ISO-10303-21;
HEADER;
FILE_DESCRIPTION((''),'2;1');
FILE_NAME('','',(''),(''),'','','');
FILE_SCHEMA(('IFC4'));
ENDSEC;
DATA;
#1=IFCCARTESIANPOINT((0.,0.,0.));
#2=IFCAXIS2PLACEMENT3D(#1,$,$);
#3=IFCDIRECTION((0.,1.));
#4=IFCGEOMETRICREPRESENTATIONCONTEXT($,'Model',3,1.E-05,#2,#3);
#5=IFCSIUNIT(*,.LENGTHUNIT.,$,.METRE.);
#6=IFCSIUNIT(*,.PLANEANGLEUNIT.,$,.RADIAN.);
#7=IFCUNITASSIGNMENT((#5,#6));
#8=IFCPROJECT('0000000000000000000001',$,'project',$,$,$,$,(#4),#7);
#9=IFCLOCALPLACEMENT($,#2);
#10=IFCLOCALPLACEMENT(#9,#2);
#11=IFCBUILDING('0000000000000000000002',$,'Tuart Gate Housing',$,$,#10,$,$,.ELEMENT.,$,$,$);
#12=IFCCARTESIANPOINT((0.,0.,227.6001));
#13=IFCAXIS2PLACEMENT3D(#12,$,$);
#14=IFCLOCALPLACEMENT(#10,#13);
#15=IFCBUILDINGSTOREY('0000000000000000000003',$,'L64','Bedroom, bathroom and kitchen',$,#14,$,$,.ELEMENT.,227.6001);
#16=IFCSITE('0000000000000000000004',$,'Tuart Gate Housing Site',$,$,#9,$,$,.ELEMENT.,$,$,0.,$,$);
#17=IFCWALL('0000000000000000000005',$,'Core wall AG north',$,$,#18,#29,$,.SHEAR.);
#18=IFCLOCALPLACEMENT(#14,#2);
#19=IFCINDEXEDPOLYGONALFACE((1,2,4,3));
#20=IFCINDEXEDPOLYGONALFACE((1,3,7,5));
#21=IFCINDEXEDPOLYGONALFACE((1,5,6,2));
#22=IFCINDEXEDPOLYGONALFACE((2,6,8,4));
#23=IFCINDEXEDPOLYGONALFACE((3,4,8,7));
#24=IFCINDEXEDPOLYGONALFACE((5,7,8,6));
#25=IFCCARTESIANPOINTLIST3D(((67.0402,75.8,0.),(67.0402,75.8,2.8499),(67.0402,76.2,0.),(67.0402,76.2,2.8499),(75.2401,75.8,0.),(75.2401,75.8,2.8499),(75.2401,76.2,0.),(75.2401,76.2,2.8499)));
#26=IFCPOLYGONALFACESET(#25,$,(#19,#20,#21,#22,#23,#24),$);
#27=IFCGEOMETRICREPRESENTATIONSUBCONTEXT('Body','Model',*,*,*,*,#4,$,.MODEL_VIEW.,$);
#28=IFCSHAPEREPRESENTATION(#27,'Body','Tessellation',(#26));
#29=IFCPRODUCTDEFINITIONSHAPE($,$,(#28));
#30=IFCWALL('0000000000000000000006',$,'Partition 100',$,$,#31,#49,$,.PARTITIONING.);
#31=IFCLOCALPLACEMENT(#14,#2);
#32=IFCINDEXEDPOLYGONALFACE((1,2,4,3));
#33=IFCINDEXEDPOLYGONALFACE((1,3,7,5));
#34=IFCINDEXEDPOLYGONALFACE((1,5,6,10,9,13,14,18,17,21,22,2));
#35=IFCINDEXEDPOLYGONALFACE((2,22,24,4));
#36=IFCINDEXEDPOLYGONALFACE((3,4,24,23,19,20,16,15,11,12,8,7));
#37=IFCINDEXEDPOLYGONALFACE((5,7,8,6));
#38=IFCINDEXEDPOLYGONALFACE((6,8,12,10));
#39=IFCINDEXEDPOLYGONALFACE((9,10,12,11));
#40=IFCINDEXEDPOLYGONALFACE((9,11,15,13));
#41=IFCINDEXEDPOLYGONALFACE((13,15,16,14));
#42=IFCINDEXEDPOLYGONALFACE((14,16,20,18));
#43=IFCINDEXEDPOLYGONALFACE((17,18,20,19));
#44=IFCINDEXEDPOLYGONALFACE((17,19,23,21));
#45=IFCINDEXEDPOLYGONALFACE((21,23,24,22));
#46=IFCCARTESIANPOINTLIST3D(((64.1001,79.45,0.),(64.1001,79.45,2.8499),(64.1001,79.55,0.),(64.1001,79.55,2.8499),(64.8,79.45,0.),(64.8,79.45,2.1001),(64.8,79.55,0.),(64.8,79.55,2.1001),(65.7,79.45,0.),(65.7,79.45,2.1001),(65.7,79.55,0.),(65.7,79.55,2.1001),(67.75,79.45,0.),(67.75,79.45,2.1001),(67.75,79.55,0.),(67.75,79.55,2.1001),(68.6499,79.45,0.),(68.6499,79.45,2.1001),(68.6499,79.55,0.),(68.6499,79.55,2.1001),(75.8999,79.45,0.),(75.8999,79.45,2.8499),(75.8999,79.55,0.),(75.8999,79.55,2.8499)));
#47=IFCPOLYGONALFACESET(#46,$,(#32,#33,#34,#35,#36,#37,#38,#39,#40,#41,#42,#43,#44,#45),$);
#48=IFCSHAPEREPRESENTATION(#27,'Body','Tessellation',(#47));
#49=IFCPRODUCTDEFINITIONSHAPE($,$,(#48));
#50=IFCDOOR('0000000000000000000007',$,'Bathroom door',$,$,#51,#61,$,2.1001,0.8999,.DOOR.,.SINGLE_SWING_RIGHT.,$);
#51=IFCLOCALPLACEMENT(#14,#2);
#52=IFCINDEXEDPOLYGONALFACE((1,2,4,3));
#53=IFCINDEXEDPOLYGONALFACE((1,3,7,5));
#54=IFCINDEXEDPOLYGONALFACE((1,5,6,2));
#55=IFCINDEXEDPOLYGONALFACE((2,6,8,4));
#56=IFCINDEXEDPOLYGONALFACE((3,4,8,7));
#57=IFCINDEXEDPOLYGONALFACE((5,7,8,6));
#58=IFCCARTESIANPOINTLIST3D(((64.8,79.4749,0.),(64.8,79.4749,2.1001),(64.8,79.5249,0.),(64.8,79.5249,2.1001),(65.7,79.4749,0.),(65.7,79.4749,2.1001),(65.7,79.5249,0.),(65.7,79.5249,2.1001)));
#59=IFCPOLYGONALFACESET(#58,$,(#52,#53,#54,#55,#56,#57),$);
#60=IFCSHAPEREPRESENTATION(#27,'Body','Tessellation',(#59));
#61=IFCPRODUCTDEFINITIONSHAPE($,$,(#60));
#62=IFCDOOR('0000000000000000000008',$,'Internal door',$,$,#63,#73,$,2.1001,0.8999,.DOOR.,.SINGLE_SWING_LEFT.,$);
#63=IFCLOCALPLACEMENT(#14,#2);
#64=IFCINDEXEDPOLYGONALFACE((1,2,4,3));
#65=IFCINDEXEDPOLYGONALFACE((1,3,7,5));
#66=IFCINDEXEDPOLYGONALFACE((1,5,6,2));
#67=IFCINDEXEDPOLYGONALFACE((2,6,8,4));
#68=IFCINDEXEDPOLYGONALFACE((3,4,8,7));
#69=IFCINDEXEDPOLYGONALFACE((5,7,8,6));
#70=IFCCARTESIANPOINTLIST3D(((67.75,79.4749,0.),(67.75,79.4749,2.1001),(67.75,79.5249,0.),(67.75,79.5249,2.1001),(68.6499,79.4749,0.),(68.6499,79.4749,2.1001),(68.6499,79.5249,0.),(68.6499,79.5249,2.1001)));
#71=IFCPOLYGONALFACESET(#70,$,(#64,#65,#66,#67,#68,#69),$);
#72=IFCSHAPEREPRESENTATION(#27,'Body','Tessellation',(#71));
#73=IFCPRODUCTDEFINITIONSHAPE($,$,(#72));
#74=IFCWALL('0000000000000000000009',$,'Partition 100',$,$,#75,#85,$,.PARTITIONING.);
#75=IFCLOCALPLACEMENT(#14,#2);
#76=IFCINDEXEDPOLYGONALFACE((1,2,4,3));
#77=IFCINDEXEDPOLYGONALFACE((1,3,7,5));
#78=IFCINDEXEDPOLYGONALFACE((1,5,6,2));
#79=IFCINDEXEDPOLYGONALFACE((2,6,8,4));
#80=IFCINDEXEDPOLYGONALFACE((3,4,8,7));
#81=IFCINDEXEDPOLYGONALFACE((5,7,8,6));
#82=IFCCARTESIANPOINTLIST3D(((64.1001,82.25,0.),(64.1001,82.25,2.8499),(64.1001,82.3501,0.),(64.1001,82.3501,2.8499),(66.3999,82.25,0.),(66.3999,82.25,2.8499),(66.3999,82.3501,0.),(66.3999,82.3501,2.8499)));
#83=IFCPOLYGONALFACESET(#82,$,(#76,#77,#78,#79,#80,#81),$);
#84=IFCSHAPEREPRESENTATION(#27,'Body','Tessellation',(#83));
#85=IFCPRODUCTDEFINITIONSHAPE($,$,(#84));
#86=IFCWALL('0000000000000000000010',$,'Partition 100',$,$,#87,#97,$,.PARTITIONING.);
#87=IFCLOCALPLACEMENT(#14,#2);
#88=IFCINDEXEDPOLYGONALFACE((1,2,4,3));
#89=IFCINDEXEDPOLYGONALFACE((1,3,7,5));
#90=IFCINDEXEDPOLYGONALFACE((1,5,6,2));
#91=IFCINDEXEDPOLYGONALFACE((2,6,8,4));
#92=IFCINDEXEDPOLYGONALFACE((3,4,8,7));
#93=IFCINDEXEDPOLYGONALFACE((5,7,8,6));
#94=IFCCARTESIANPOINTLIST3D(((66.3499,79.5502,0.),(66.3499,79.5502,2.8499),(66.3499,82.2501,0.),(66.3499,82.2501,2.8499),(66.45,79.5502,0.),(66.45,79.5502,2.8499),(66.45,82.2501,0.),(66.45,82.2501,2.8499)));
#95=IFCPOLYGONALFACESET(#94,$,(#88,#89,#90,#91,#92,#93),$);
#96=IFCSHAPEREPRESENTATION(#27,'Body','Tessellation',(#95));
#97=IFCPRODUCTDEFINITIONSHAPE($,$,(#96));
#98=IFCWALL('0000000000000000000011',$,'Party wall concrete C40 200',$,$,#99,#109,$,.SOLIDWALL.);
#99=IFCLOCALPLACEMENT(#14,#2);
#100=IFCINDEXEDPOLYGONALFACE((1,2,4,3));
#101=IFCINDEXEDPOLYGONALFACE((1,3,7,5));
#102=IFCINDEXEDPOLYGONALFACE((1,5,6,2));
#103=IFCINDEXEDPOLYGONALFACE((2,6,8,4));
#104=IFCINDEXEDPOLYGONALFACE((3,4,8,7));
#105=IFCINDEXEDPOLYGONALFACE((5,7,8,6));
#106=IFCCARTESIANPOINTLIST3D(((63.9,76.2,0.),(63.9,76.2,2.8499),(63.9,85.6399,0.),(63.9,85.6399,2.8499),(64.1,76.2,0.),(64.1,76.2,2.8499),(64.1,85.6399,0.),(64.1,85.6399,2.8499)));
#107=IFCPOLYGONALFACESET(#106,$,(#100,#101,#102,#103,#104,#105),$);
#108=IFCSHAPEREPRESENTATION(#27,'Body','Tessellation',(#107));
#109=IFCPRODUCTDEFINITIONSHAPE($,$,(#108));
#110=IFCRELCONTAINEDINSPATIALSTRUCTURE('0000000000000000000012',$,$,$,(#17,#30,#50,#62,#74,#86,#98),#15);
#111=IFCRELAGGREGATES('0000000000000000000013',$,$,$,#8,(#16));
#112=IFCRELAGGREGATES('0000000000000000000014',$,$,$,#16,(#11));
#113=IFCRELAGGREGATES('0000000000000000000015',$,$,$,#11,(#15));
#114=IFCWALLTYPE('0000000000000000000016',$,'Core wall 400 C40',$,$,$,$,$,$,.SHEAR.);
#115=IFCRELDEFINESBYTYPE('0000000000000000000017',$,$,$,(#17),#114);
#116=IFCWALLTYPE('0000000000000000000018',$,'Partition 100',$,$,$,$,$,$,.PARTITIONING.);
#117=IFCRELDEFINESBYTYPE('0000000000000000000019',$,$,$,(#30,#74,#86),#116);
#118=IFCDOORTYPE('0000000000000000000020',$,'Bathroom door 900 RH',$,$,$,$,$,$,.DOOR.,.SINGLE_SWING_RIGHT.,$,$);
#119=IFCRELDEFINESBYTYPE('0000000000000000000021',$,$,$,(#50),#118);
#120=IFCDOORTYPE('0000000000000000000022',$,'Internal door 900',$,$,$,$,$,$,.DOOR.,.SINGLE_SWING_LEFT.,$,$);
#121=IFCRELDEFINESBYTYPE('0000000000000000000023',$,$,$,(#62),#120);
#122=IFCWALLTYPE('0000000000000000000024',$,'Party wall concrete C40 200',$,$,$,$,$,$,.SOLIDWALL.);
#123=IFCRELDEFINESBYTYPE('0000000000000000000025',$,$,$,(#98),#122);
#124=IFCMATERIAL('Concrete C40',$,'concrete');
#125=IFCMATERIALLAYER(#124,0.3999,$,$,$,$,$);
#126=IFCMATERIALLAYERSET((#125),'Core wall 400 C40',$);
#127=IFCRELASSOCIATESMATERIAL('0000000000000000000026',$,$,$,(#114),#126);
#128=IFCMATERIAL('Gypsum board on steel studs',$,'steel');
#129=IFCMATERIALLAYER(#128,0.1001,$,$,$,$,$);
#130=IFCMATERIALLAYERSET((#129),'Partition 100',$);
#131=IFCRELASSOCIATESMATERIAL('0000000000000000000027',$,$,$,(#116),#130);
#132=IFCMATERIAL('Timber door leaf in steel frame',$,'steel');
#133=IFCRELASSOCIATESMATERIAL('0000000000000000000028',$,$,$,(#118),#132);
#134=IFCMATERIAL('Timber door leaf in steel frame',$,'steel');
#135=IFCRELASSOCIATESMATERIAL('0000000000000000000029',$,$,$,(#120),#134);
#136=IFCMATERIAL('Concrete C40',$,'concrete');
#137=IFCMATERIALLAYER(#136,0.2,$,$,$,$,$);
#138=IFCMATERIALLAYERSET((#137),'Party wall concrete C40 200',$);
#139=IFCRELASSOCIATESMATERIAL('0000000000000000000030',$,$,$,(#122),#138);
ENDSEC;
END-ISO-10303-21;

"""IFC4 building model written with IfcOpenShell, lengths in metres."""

from ifc_helpers import new_model, si_unit, direction, frame, frame_2d, origin, place, context, subcontext, project, spatial, rectangle, extrude, material, layer, layer_set, type_object, element, fill, save


model = new_model("IFC4")

# Units and contexts
model_context = context("Model", 3, precision=1e-05, world=origin(), true_north=direction((0.0, 1.0)))
body_context = subcontext(model_context, "Body", "Model", "MODEL_VIEW")
ifc_project = project(units=[si_unit("LENGTHUNIT", "METRE"), si_unit("PLANEANGLEUNIT", "RADIAN")], contexts=[model_context])

# Site, building, storey
site_placement = place(None, origin())
site = spatial("IfcSite", under=ifc_project, at=site_placement, Name="Tuart Gate Housing Site", CompositionType="ELEMENT", RefElevation=0.0)
building_placement = place(site_placement, origin())
building = spatial("IfcBuilding", under=site, at=building_placement, Name="Tuart Gate Housing", CompositionType="ELEMENT")
storey_placement = place(building_placement, frame((0.0, 0.0, 227.6001)))
storey = spatial("IfcBuildingStorey", under=building, at=storey_placement, Name="L64", Description="Bedroom, bathroom and kitchen", CompositionType="ELEMENT", Elevation=227.6001)

# Wall
ifc_material_1 = material(Name="Concrete C40", Category="concrete")
ifc_layer_1 = layer(ifc_material_1, 0.3999)
ifc_layer_set_1 = layer_set([ifc_layer_1], Name="Core wall 400 C40")
wall_type_1 = type_object("IfcWallType", Name="Core wall 400 C40", PredefinedType="SHEAR", material=ifc_layer_set_1)
wall_1_placement = place(storey_placement, frame((67.04, 76.0, 0.0), z_axis=(0.0, 0.0, 1.0), x_axis=(1.0, 0.0, 0.0)))
element("IfcWall", 1, at=wall_1_placement, inside=storey, type_object=wall_type_1, Name="Core wall AG north", PredefinedType="SHEAR", context=body_context, shape_type="SweptSolid", body=[
    extrude(rectangle(XDim=8.2, YDim=0.3999, at=frame_2d((4.1001, 0.0))), origin(), (0.0, 0.0, 1.0), 2.8499),
])

# Wall, openings, doors
ifc_material_2 = material(Name="Gypsum board on steel studs", Category="steel")
ifc_layer_2 = layer(ifc_material_2, 0.1001)
ifc_layer_set_2 = layer_set([ifc_layer_2], Name="Partition 100")
wall_type_2 = type_object("IfcWallType", Name="Partition 100", PredefinedType="PARTITIONING", material=ifc_layer_set_2)
wall_2_placement = place(storey_placement, frame((64.1001, 79.5, 0.0), z_axis=(0.0, 0.0, 1.0), x_axis=(1.0, 0.0, 0.0)))
wall_2 = element("IfcWall", 2, at=wall_2_placement, inside=storey, type_object=wall_type_2, Name="Partition 100", PredefinedType="PARTITIONING", context=body_context, shape_type="SweptSolid", body=[
    extrude(rectangle(XDim=11.7998, YDim=0.1001, at=frame_2d((5.8999, 0.0))), origin(), (0.0, 0.0, 1.0), 2.8499),
])
opening_1_placement = place(wall_2_placement, frame((3.6499, 0.0, 0.0)))
opening_1 = element("IfcOpeningElement", 3, at=opening_1_placement, cuts=wall_2, PredefinedType="OPENING", context=body_context, shape_type="SweptSolid", body=[
    extrude(rectangle(XDim=0.8999, YDim=2.1001, at=frame_2d((0.45, 1.05))), frame((0.0, 0.0601, 0.0), z_axis=(0.0, -1.0, 0.0), x_axis=(1.0, 0.0, 0.0)), (0.0, 0.0, 1.0), 0.1201),
])
opening_2_placement = place(wall_2_placement, frame((0.7, 0.0, 0.0)))
opening_2 = element("IfcOpeningElement", 4, at=opening_2_placement, cuts=wall_2, PredefinedType="OPENING", context=body_context, shape_type="SweptSolid", body=[
    extrude(rectangle(XDim=0.8999, YDim=2.1001, at=frame_2d((0.45, 1.05))), frame((0.0, 0.0601, 0.0), z_axis=(0.0, -1.0, 0.0), x_axis=(1.0, 0.0, 0.0)), (0.0, 0.0, 1.0), 0.1201),
])
ifc_material_3 = material(Name="Timber door leaf in steel frame", Category="steel")
door_type_1 = type_object("IfcDoorType", Name="Bathroom door 900 RH", OperationType="SINGLE_SWING_RIGHT", PredefinedType="DOOR", material=ifc_material_3)
door_1_placement = place(opening_2_placement, origin())
door_1 = element("IfcDoor", 5, at=door_1_placement, inside=storey, type_object=door_type_1, Name="Bathroom door", OperationType="SINGLE_SWING_RIGHT", OverallHeight=2.1001, OverallWidth=0.8999, PredefinedType="DOOR", context=body_context, shape_type="SweptSolid", body=[
    extrude(rectangle(XDim=0.8999, YDim=2.1001, at=frame_2d((0.45, 1.05))), frame((0.0, 0.0249, 0.0), z_axis=(0.0, -1.0, 0.0), x_axis=(1.0, 0.0, 0.0)), (0.0, 0.0, 1.0), 0.05),
])
fill(opening_2, door_1)
ifc_material_4 = material(Name="Timber door leaf in steel frame", Category="steel")
door_type_2 = type_object("IfcDoorType", Name="Internal door 900", OperationType="SINGLE_SWING_LEFT", PredefinedType="DOOR", material=ifc_material_4)
door_2_placement = place(opening_1_placement, frame((0.8999, 0.0, 0.0), z_axis=(0.0, 0.0, 1.0), x_axis=(-1.0, 0.0, 0.0)))
door_2 = element("IfcDoor", 6, at=door_2_placement, inside=storey, type_object=door_type_2, Name="Internal door", OperationType="SINGLE_SWING_LEFT", OverallHeight=2.1001, OverallWidth=0.8999, PredefinedType="DOOR", context=body_context, shape_type="SweptSolid", body=[
    extrude(rectangle(XDim=0.8999, YDim=2.1001, at=frame_2d((0.45, 1.05))), frame((0.0, 0.0251, 0.0), z_axis=(0.0, -1.0, 0.0), x_axis=(1.0, 0.0, 0.0)), (0.0, 0.0, 1.0), 0.05),
])
fill(opening_1, door_2)

# Walls
wall_3_placement = place(storey_placement, frame((64.1001, 82.3, 0.0), z_axis=(0.0, 0.0, 1.0), x_axis=(1.0, 0.0, 0.0)))
element("IfcWall", 7, at=wall_3_placement, inside=storey, type_object=wall_type_2, Name="Partition 100", PredefinedType="PARTITIONING", context=body_context, shape_type="SweptSolid", body=[
    extrude(rectangle(XDim=2.2998, YDim=0.1001, at=frame_2d((1.1499, 0.0))), origin(), (0.0, 0.0, 1.0), 2.8499),
])
wall_4_placement = place(storey_placement, frame((66.3999, 79.55, 0.0), z_axis=(0.0, 0.0, 1.0), x_axis=(0.0, 1.0, 0.0)))
element("IfcWall", 8, at=wall_4_placement, inside=storey, type_object=wall_type_2, Name="Partition 100", PredefinedType="PARTITIONING", context=body_context, shape_type="SweptSolid", body=[
    extrude(rectangle(XDim=2.7, YDim=0.1001, at=frame_2d((1.3501, 0.0))), origin(), (0.0, 0.0, 1.0), 2.8499),
])
ifc_material_5 = material(Name="Concrete C40", Category="concrete")
ifc_layer_3 = layer(ifc_material_5, 0.2)
ifc_layer_set_3 = layer_set([ifc_layer_3], Name="Party wall concrete C40 200")
wall_type_3 = type_object("IfcWallType", Name="Party wall concrete C40 200", PredefinedType="SOLIDWALL", material=ifc_layer_set_3)
wall_5_placement = place(storey_placement, frame((64.0, 76.2, 0.0), z_axis=(0.0, 0.0, 1.0), x_axis=(0.0, 1.0, 0.0)))
element("IfcWall", 9, at=wall_5_placement, inside=storey, type_object=wall_type_3, Name="Party wall concrete C40 200", PredefinedType="SOLIDWALL", context=body_context, shape_type="SweptSolid", body=[
    extrude(rectangle(XDim=9.4399, YDim=0.2, at=frame_2d((4.72, 0.0))), origin(), (0.0, 0.0, 1.0), 2.8499),
])

save(model, "model.ifc")
